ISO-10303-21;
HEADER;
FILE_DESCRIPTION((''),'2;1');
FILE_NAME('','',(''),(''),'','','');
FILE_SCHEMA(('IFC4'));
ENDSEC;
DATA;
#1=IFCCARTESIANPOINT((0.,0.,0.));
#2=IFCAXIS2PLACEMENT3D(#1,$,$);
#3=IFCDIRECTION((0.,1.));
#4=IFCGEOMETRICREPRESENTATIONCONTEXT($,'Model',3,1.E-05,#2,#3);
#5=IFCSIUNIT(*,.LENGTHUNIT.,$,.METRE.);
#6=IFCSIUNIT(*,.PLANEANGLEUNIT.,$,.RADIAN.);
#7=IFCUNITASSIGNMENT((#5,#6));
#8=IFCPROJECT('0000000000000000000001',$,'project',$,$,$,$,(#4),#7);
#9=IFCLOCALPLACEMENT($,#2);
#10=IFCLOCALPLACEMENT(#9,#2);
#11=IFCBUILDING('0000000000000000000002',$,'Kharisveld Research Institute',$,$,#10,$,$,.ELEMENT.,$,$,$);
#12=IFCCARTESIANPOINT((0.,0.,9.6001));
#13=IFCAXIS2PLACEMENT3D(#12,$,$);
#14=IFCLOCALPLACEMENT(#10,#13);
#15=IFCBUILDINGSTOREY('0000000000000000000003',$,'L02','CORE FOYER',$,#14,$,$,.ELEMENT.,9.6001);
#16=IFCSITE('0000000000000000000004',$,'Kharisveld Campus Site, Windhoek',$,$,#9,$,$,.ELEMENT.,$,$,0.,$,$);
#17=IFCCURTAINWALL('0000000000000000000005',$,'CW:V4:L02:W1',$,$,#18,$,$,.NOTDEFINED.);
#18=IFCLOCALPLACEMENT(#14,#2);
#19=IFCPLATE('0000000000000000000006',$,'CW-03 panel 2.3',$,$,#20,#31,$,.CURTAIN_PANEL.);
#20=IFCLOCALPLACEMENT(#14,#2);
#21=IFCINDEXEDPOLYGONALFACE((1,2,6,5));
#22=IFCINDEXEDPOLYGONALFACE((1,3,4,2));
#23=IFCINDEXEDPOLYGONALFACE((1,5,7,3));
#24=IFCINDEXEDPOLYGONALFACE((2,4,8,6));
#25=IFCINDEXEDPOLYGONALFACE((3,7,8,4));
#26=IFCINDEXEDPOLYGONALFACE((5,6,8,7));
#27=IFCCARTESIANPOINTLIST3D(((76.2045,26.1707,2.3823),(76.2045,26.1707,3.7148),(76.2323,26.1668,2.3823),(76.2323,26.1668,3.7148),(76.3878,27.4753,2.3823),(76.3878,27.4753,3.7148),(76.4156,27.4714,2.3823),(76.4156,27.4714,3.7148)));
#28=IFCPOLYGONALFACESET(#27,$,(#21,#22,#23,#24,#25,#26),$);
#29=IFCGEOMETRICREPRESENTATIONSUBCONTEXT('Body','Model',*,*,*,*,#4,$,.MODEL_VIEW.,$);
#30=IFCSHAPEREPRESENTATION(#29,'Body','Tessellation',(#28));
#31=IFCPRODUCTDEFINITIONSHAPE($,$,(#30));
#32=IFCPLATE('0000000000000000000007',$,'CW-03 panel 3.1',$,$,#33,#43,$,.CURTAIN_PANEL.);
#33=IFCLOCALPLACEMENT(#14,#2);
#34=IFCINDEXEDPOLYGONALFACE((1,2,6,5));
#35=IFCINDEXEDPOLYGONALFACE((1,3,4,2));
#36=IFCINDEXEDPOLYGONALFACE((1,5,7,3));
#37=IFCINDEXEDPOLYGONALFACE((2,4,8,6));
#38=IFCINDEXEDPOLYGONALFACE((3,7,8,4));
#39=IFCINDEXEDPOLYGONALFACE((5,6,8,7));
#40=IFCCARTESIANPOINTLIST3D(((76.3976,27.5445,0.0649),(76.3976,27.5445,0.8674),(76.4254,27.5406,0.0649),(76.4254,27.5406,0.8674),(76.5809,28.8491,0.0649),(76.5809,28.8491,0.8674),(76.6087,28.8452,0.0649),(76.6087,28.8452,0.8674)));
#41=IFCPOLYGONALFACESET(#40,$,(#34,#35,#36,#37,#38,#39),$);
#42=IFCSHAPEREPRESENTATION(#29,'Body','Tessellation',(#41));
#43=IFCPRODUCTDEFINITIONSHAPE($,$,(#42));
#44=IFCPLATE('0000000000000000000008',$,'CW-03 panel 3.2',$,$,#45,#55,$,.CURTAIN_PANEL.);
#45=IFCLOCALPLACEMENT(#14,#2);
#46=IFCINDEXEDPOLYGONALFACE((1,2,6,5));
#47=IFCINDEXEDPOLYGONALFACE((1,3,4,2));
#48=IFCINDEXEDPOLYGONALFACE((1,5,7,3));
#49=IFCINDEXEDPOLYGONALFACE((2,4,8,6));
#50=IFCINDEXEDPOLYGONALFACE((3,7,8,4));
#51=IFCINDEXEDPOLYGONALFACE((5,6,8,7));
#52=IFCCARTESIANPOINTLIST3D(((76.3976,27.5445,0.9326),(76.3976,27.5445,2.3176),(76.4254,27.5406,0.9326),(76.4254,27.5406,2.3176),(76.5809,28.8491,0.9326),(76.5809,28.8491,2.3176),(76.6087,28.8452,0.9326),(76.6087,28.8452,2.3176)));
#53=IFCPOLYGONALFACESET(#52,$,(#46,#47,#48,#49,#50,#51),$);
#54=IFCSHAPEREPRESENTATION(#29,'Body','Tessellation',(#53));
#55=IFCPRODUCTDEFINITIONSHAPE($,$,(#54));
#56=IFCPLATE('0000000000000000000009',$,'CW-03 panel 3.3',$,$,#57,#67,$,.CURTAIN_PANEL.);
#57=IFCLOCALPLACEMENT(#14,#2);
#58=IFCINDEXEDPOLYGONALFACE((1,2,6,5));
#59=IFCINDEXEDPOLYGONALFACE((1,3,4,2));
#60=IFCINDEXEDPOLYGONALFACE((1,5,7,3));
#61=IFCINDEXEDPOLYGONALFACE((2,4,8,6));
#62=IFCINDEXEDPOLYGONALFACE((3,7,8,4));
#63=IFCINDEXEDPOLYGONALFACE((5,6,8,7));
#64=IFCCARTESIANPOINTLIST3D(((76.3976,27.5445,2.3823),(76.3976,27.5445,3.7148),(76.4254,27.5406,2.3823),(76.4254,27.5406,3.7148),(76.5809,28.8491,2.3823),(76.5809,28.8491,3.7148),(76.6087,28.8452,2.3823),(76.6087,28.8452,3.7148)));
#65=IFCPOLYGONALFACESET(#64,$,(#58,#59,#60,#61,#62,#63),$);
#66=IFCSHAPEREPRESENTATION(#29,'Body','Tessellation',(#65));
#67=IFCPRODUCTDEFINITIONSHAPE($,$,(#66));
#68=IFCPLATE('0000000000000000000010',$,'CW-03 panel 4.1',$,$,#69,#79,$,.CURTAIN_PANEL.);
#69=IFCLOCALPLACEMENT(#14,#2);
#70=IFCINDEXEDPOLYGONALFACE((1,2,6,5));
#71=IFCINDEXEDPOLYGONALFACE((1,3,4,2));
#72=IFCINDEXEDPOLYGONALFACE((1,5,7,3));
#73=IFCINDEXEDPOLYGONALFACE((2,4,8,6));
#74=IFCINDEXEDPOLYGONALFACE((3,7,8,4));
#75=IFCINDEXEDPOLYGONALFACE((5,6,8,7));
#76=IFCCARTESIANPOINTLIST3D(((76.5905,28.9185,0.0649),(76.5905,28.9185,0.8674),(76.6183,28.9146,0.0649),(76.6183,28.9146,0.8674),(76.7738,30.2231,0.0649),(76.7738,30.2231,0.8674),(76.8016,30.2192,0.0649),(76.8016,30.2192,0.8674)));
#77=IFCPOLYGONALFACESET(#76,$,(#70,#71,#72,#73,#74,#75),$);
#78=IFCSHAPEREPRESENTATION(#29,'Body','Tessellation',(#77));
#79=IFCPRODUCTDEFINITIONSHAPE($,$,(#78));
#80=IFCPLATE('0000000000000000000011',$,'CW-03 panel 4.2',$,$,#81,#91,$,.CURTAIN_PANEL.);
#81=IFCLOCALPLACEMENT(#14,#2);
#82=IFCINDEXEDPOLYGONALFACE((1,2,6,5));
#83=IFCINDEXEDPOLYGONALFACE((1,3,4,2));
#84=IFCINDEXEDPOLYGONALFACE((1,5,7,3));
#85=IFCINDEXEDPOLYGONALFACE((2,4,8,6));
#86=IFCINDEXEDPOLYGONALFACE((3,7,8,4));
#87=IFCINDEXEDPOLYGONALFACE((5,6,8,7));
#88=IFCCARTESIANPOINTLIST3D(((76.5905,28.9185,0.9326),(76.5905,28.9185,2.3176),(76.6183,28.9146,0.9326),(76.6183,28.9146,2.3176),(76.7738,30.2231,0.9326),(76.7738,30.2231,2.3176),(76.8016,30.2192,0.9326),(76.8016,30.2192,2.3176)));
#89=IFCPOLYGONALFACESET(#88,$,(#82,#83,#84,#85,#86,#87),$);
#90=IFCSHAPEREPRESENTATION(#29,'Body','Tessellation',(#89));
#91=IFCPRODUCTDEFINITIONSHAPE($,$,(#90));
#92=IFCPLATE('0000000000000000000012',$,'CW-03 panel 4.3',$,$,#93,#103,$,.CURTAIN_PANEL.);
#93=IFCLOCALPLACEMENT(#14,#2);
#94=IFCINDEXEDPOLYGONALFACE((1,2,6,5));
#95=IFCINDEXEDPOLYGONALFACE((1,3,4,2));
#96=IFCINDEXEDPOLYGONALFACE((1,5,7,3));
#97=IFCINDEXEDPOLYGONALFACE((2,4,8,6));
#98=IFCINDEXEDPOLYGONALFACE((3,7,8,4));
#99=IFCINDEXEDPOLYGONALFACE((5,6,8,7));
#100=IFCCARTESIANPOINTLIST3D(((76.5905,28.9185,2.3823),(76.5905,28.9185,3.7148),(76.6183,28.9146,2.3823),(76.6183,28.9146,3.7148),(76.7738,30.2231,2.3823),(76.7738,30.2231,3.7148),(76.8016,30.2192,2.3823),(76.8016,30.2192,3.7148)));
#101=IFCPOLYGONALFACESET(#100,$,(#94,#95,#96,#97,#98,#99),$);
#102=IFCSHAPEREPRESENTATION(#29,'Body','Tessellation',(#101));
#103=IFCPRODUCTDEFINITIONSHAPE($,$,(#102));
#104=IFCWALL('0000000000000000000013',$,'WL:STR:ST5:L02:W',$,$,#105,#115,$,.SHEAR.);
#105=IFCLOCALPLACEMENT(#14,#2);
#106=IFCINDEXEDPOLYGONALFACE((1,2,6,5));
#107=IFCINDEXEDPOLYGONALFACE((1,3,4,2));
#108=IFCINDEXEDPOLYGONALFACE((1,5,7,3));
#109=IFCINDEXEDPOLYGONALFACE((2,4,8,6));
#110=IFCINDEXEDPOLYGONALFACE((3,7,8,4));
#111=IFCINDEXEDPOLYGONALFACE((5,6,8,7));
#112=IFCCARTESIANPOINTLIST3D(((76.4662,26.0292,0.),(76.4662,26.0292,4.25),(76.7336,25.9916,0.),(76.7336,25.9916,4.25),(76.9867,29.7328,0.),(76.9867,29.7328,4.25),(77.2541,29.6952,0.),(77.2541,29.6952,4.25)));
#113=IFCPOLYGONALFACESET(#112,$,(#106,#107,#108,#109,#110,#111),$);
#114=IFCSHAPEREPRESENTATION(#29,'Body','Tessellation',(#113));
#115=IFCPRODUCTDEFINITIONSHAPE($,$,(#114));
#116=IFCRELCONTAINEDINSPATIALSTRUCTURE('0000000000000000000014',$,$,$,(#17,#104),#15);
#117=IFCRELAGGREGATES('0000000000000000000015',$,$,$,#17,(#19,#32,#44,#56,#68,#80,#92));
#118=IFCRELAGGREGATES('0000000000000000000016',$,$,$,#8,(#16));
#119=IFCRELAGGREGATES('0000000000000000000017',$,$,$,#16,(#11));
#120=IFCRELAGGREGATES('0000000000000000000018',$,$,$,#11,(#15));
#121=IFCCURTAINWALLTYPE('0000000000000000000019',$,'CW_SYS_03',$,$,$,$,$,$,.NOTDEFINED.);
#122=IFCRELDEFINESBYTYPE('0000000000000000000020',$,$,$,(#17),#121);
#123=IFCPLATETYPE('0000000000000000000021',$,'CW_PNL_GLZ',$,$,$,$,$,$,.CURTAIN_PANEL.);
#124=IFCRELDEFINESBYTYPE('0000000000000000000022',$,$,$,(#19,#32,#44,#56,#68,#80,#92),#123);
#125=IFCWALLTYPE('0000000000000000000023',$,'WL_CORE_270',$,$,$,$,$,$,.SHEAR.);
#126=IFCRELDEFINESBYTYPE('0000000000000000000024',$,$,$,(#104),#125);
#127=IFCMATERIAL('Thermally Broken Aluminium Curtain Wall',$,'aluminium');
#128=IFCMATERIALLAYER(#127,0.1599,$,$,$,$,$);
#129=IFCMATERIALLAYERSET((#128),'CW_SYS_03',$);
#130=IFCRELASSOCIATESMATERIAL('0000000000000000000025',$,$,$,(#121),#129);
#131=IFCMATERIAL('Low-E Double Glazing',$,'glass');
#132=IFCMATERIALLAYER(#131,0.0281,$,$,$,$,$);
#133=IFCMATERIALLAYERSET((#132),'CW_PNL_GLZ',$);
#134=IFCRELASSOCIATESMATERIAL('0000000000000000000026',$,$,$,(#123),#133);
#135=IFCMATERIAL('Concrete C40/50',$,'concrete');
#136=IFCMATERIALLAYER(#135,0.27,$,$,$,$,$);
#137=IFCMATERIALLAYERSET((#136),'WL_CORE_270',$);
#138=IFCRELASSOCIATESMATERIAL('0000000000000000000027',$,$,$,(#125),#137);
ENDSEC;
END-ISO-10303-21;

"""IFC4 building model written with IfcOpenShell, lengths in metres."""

from ifc_helpers import new_model, si_unit, direction, frame, frame_2d, origin, origin_2d, place, context, subcontext, project, spatial, rectangle, extrude, material, layer, layer_set, type_object, element, aggregate, save


model = new_model("IFC4")

# Units and contexts
model_context = context("Model", 3, precision=1e-05, world=origin(), true_north=direction((0.0, 1.0)))
body_context = subcontext(model_context, "Body", "Model", "MODEL_VIEW")
ifc_project = project(units=[si_unit("LENGTHUNIT", "METRE"), si_unit("PLANEANGLEUNIT", "RADIAN")], contexts=[model_context])

# Site, building, storey
site_placement = place(None, origin())
site = spatial("IfcSite", under=ifc_project, at=site_placement, Name="Kharisveld Campus Site, Windhoek", CompositionType="ELEMENT", RefElevation=0.0)
building_placement = place(site_placement, origin())
building = spatial("IfcBuilding", under=site, at=building_placement, Name="Kharisveld Research Institute", CompositionType="ELEMENT")
storey_placement = place(building_placement, frame((0.0, 0.0, 9.6001)))
storey = spatial("IfcBuildingStorey", under=building, at=storey_placement, Name="L02", Description="CORE FOYER", CompositionType="ELEMENT", Elevation=9.6001)

# Curtain wall, plates
ifc_material_1 = material(Name="Thermally Broken Aluminium Curtain Wall", Category="aluminium")
ifc_layer_1 = layer(ifc_material_1, 0.1599)
ifc_layer_set_1 = layer_set([ifc_layer_1], Name="CW_SYS_03")
curtain_wall_type = type_object("IfcCurtainWallType", Name="CW_SYS_03", PredefinedType="NOTDEFINED", material=ifc_layer_set_1)
curtain_wall_placement = place(storey_placement, origin())
curtain_wall = element("IfcCurtainWall", 1, at=curtain_wall_placement, inside=storey, type_object=curtain_wall_type, Name="CW:V4:L02:W1", PredefinedType="NOTDEFINED")
ifc_material_2 = material(Name="Low-E Double Glazing", Category="glass")
ifc_layer_2 = layer(ifc_material_2, 0.0281)
ifc_layer_set_2 = layer_set([ifc_layer_2], Name="CW_PNL_GLZ")
plate_type = type_object("IfcPlateType", Name="CW_PNL_GLZ", PredefinedType="CURTAIN_PANEL", material=ifc_layer_set_2)
plate_1_placement = place(storey_placement, frame((76.3101, 26.821, 2.3823), z_axis=(0.0, 0.0, 1.0), x_axis=(0.139173, 0.990268, 0.0)))
plate_1 = element("IfcPlate", 2, at=plate_1_placement, type_object=plate_type, Name="CW-03 panel 2.3", PredefinedType="CURTAIN_PANEL", context=body_context, shape_type="SweptSolid", body=[
    extrude(rectangle(XDim=1.3174, YDim=0.0281, at=origin_2d()), origin(), (0.0, 0.0, 1.0), 1.3325),
])
plate_2_placement = place(storey_placement, frame((76.5032, 28.1948, 0.0649), z_axis=(0.0, 0.0, 1.0), x_axis=(0.139173, 0.990268, 0.0)))
plate_2 = element("IfcPlate", 3, at=plate_2_placement, type_object=plate_type, Name="CW-03 panel 3.1", PredefinedType="CURTAIN_PANEL", context=body_context, shape_type="SweptSolid", body=[
    extrude(rectangle(XDim=1.3174, YDim=0.0281, at=origin_2d()), origin(), (0.0, 0.0, 1.0), 0.8025),
])
plate_3_placement = place(storey_placement, frame((76.5032, 28.1948, 0.9326), z_axis=(0.0, 0.0, 1.0), x_axis=(0.139173, 0.990268, 0.0)))
plate_3 = element("IfcPlate", 4, at=plate_3_placement, type_object=plate_type, Name="CW-03 panel 3.2", PredefinedType="CURTAIN_PANEL", context=body_context, shape_type="SweptSolid", body=[
    extrude(rectangle(XDim=1.3174, YDim=0.0281, at=origin_2d()), origin(), (0.0, 0.0, 1.0), 1.385),
])
plate_4_placement = place(storey_placement, frame((76.5032, 28.1948, 2.3823), z_axis=(0.0, 0.0, 1.0), x_axis=(0.139173, 0.990268, 0.0)))
plate_4 = element("IfcPlate", 5, at=plate_4_placement, type_object=plate_type, Name="CW-03 panel 3.3", PredefinedType="CURTAIN_PANEL", context=body_context, shape_type="SweptSolid", body=[
    extrude(rectangle(XDim=1.3174, YDim=0.0281, at=origin_2d()), origin(), (0.0, 0.0, 1.0), 1.3325),
])
plate_5_placement = place(storey_placement, frame((76.696, 29.5688, 0.0649), z_axis=(0.0, 0.0, 1.0), x_axis=(0.139173, 0.990268, 0.0)))
plate_5 = element("IfcPlate", 6, at=plate_5_placement, type_object=plate_type, Name="CW-03 panel 4.1", PredefinedType="CURTAIN_PANEL", context=body_context, shape_type="SweptSolid", body=[
    extrude(rectangle(XDim=1.3174, YDim=0.0281, at=origin_2d()), origin(), (0.0, 0.0, 1.0), 0.8025),
])
plate_6_placement = place(storey_placement, frame((76.696, 29.5688, 0.9326), z_axis=(0.0, 0.0, 1.0), x_axis=(0.139173, 0.990268, 0.0)))
plate_6 = element("IfcPlate", 7, at=plate_6_placement, type_object=plate_type, Name="CW-03 panel 4.2", PredefinedType="CURTAIN_PANEL", context=body_context, shape_type="SweptSolid", body=[
    extrude(rectangle(XDim=1.3174, YDim=0.0281, at=origin_2d()), origin(), (0.0, 0.0, 1.0), 1.385),
])
plate_7_placement = place(storey_placement, frame((76.696, 29.5688, 2.3823), z_axis=(0.0, 0.0, 1.0), x_axis=(0.139173, 0.990268, 0.0)))
plate_7 = element("IfcPlate", 8, at=plate_7_placement, type_object=plate_type, Name="CW-03 panel 4.3", PredefinedType="CURTAIN_PANEL", context=body_context, shape_type="SweptSolid", body=[
    extrude(rectangle(XDim=1.3174, YDim=0.0281, at=origin_2d()), origin(), (0.0, 0.0, 1.0), 1.3325),
])
aggregate(curtain_wall, [plate_1, plate_2, plate_3, plate_4, plate_5, plate_6, plate_7])

# Wall
ifc_material_3 = material(Name="Concrete C40/50", Category="concrete")
ifc_layer_3 = layer(ifc_material_3, 0.27)
ifc_layer_set_3 = layer_set([ifc_layer_3], Name="WL_CORE_270")
wall_type = type_object("IfcWallType", Name="WL_CORE_270", PredefinedType="SHEAR", material=ifc_layer_set_3)
wall_1_placement = place(storey_placement, frame((76.5999, 26.0103, 0.0), z_axis=(0.0, 0.0, 1.0), x_axis=(0.139173, 0.990268, 0.0)))
element("IfcWall", 9, at=wall_1_placement, inside=storey, type_object=wall_type, Name="WL:STR:ST5:L02:W", PredefinedType="SHEAR", context=body_context, shape_type="SweptSolid", body=[
    extrude(rectangle(XDim=3.74, YDim=0.27, at=frame_2d((1.8701, 0.0))), origin(), (0.0, 0.0, 1.0), 4.25),
])

save(model, "model.ifc")
